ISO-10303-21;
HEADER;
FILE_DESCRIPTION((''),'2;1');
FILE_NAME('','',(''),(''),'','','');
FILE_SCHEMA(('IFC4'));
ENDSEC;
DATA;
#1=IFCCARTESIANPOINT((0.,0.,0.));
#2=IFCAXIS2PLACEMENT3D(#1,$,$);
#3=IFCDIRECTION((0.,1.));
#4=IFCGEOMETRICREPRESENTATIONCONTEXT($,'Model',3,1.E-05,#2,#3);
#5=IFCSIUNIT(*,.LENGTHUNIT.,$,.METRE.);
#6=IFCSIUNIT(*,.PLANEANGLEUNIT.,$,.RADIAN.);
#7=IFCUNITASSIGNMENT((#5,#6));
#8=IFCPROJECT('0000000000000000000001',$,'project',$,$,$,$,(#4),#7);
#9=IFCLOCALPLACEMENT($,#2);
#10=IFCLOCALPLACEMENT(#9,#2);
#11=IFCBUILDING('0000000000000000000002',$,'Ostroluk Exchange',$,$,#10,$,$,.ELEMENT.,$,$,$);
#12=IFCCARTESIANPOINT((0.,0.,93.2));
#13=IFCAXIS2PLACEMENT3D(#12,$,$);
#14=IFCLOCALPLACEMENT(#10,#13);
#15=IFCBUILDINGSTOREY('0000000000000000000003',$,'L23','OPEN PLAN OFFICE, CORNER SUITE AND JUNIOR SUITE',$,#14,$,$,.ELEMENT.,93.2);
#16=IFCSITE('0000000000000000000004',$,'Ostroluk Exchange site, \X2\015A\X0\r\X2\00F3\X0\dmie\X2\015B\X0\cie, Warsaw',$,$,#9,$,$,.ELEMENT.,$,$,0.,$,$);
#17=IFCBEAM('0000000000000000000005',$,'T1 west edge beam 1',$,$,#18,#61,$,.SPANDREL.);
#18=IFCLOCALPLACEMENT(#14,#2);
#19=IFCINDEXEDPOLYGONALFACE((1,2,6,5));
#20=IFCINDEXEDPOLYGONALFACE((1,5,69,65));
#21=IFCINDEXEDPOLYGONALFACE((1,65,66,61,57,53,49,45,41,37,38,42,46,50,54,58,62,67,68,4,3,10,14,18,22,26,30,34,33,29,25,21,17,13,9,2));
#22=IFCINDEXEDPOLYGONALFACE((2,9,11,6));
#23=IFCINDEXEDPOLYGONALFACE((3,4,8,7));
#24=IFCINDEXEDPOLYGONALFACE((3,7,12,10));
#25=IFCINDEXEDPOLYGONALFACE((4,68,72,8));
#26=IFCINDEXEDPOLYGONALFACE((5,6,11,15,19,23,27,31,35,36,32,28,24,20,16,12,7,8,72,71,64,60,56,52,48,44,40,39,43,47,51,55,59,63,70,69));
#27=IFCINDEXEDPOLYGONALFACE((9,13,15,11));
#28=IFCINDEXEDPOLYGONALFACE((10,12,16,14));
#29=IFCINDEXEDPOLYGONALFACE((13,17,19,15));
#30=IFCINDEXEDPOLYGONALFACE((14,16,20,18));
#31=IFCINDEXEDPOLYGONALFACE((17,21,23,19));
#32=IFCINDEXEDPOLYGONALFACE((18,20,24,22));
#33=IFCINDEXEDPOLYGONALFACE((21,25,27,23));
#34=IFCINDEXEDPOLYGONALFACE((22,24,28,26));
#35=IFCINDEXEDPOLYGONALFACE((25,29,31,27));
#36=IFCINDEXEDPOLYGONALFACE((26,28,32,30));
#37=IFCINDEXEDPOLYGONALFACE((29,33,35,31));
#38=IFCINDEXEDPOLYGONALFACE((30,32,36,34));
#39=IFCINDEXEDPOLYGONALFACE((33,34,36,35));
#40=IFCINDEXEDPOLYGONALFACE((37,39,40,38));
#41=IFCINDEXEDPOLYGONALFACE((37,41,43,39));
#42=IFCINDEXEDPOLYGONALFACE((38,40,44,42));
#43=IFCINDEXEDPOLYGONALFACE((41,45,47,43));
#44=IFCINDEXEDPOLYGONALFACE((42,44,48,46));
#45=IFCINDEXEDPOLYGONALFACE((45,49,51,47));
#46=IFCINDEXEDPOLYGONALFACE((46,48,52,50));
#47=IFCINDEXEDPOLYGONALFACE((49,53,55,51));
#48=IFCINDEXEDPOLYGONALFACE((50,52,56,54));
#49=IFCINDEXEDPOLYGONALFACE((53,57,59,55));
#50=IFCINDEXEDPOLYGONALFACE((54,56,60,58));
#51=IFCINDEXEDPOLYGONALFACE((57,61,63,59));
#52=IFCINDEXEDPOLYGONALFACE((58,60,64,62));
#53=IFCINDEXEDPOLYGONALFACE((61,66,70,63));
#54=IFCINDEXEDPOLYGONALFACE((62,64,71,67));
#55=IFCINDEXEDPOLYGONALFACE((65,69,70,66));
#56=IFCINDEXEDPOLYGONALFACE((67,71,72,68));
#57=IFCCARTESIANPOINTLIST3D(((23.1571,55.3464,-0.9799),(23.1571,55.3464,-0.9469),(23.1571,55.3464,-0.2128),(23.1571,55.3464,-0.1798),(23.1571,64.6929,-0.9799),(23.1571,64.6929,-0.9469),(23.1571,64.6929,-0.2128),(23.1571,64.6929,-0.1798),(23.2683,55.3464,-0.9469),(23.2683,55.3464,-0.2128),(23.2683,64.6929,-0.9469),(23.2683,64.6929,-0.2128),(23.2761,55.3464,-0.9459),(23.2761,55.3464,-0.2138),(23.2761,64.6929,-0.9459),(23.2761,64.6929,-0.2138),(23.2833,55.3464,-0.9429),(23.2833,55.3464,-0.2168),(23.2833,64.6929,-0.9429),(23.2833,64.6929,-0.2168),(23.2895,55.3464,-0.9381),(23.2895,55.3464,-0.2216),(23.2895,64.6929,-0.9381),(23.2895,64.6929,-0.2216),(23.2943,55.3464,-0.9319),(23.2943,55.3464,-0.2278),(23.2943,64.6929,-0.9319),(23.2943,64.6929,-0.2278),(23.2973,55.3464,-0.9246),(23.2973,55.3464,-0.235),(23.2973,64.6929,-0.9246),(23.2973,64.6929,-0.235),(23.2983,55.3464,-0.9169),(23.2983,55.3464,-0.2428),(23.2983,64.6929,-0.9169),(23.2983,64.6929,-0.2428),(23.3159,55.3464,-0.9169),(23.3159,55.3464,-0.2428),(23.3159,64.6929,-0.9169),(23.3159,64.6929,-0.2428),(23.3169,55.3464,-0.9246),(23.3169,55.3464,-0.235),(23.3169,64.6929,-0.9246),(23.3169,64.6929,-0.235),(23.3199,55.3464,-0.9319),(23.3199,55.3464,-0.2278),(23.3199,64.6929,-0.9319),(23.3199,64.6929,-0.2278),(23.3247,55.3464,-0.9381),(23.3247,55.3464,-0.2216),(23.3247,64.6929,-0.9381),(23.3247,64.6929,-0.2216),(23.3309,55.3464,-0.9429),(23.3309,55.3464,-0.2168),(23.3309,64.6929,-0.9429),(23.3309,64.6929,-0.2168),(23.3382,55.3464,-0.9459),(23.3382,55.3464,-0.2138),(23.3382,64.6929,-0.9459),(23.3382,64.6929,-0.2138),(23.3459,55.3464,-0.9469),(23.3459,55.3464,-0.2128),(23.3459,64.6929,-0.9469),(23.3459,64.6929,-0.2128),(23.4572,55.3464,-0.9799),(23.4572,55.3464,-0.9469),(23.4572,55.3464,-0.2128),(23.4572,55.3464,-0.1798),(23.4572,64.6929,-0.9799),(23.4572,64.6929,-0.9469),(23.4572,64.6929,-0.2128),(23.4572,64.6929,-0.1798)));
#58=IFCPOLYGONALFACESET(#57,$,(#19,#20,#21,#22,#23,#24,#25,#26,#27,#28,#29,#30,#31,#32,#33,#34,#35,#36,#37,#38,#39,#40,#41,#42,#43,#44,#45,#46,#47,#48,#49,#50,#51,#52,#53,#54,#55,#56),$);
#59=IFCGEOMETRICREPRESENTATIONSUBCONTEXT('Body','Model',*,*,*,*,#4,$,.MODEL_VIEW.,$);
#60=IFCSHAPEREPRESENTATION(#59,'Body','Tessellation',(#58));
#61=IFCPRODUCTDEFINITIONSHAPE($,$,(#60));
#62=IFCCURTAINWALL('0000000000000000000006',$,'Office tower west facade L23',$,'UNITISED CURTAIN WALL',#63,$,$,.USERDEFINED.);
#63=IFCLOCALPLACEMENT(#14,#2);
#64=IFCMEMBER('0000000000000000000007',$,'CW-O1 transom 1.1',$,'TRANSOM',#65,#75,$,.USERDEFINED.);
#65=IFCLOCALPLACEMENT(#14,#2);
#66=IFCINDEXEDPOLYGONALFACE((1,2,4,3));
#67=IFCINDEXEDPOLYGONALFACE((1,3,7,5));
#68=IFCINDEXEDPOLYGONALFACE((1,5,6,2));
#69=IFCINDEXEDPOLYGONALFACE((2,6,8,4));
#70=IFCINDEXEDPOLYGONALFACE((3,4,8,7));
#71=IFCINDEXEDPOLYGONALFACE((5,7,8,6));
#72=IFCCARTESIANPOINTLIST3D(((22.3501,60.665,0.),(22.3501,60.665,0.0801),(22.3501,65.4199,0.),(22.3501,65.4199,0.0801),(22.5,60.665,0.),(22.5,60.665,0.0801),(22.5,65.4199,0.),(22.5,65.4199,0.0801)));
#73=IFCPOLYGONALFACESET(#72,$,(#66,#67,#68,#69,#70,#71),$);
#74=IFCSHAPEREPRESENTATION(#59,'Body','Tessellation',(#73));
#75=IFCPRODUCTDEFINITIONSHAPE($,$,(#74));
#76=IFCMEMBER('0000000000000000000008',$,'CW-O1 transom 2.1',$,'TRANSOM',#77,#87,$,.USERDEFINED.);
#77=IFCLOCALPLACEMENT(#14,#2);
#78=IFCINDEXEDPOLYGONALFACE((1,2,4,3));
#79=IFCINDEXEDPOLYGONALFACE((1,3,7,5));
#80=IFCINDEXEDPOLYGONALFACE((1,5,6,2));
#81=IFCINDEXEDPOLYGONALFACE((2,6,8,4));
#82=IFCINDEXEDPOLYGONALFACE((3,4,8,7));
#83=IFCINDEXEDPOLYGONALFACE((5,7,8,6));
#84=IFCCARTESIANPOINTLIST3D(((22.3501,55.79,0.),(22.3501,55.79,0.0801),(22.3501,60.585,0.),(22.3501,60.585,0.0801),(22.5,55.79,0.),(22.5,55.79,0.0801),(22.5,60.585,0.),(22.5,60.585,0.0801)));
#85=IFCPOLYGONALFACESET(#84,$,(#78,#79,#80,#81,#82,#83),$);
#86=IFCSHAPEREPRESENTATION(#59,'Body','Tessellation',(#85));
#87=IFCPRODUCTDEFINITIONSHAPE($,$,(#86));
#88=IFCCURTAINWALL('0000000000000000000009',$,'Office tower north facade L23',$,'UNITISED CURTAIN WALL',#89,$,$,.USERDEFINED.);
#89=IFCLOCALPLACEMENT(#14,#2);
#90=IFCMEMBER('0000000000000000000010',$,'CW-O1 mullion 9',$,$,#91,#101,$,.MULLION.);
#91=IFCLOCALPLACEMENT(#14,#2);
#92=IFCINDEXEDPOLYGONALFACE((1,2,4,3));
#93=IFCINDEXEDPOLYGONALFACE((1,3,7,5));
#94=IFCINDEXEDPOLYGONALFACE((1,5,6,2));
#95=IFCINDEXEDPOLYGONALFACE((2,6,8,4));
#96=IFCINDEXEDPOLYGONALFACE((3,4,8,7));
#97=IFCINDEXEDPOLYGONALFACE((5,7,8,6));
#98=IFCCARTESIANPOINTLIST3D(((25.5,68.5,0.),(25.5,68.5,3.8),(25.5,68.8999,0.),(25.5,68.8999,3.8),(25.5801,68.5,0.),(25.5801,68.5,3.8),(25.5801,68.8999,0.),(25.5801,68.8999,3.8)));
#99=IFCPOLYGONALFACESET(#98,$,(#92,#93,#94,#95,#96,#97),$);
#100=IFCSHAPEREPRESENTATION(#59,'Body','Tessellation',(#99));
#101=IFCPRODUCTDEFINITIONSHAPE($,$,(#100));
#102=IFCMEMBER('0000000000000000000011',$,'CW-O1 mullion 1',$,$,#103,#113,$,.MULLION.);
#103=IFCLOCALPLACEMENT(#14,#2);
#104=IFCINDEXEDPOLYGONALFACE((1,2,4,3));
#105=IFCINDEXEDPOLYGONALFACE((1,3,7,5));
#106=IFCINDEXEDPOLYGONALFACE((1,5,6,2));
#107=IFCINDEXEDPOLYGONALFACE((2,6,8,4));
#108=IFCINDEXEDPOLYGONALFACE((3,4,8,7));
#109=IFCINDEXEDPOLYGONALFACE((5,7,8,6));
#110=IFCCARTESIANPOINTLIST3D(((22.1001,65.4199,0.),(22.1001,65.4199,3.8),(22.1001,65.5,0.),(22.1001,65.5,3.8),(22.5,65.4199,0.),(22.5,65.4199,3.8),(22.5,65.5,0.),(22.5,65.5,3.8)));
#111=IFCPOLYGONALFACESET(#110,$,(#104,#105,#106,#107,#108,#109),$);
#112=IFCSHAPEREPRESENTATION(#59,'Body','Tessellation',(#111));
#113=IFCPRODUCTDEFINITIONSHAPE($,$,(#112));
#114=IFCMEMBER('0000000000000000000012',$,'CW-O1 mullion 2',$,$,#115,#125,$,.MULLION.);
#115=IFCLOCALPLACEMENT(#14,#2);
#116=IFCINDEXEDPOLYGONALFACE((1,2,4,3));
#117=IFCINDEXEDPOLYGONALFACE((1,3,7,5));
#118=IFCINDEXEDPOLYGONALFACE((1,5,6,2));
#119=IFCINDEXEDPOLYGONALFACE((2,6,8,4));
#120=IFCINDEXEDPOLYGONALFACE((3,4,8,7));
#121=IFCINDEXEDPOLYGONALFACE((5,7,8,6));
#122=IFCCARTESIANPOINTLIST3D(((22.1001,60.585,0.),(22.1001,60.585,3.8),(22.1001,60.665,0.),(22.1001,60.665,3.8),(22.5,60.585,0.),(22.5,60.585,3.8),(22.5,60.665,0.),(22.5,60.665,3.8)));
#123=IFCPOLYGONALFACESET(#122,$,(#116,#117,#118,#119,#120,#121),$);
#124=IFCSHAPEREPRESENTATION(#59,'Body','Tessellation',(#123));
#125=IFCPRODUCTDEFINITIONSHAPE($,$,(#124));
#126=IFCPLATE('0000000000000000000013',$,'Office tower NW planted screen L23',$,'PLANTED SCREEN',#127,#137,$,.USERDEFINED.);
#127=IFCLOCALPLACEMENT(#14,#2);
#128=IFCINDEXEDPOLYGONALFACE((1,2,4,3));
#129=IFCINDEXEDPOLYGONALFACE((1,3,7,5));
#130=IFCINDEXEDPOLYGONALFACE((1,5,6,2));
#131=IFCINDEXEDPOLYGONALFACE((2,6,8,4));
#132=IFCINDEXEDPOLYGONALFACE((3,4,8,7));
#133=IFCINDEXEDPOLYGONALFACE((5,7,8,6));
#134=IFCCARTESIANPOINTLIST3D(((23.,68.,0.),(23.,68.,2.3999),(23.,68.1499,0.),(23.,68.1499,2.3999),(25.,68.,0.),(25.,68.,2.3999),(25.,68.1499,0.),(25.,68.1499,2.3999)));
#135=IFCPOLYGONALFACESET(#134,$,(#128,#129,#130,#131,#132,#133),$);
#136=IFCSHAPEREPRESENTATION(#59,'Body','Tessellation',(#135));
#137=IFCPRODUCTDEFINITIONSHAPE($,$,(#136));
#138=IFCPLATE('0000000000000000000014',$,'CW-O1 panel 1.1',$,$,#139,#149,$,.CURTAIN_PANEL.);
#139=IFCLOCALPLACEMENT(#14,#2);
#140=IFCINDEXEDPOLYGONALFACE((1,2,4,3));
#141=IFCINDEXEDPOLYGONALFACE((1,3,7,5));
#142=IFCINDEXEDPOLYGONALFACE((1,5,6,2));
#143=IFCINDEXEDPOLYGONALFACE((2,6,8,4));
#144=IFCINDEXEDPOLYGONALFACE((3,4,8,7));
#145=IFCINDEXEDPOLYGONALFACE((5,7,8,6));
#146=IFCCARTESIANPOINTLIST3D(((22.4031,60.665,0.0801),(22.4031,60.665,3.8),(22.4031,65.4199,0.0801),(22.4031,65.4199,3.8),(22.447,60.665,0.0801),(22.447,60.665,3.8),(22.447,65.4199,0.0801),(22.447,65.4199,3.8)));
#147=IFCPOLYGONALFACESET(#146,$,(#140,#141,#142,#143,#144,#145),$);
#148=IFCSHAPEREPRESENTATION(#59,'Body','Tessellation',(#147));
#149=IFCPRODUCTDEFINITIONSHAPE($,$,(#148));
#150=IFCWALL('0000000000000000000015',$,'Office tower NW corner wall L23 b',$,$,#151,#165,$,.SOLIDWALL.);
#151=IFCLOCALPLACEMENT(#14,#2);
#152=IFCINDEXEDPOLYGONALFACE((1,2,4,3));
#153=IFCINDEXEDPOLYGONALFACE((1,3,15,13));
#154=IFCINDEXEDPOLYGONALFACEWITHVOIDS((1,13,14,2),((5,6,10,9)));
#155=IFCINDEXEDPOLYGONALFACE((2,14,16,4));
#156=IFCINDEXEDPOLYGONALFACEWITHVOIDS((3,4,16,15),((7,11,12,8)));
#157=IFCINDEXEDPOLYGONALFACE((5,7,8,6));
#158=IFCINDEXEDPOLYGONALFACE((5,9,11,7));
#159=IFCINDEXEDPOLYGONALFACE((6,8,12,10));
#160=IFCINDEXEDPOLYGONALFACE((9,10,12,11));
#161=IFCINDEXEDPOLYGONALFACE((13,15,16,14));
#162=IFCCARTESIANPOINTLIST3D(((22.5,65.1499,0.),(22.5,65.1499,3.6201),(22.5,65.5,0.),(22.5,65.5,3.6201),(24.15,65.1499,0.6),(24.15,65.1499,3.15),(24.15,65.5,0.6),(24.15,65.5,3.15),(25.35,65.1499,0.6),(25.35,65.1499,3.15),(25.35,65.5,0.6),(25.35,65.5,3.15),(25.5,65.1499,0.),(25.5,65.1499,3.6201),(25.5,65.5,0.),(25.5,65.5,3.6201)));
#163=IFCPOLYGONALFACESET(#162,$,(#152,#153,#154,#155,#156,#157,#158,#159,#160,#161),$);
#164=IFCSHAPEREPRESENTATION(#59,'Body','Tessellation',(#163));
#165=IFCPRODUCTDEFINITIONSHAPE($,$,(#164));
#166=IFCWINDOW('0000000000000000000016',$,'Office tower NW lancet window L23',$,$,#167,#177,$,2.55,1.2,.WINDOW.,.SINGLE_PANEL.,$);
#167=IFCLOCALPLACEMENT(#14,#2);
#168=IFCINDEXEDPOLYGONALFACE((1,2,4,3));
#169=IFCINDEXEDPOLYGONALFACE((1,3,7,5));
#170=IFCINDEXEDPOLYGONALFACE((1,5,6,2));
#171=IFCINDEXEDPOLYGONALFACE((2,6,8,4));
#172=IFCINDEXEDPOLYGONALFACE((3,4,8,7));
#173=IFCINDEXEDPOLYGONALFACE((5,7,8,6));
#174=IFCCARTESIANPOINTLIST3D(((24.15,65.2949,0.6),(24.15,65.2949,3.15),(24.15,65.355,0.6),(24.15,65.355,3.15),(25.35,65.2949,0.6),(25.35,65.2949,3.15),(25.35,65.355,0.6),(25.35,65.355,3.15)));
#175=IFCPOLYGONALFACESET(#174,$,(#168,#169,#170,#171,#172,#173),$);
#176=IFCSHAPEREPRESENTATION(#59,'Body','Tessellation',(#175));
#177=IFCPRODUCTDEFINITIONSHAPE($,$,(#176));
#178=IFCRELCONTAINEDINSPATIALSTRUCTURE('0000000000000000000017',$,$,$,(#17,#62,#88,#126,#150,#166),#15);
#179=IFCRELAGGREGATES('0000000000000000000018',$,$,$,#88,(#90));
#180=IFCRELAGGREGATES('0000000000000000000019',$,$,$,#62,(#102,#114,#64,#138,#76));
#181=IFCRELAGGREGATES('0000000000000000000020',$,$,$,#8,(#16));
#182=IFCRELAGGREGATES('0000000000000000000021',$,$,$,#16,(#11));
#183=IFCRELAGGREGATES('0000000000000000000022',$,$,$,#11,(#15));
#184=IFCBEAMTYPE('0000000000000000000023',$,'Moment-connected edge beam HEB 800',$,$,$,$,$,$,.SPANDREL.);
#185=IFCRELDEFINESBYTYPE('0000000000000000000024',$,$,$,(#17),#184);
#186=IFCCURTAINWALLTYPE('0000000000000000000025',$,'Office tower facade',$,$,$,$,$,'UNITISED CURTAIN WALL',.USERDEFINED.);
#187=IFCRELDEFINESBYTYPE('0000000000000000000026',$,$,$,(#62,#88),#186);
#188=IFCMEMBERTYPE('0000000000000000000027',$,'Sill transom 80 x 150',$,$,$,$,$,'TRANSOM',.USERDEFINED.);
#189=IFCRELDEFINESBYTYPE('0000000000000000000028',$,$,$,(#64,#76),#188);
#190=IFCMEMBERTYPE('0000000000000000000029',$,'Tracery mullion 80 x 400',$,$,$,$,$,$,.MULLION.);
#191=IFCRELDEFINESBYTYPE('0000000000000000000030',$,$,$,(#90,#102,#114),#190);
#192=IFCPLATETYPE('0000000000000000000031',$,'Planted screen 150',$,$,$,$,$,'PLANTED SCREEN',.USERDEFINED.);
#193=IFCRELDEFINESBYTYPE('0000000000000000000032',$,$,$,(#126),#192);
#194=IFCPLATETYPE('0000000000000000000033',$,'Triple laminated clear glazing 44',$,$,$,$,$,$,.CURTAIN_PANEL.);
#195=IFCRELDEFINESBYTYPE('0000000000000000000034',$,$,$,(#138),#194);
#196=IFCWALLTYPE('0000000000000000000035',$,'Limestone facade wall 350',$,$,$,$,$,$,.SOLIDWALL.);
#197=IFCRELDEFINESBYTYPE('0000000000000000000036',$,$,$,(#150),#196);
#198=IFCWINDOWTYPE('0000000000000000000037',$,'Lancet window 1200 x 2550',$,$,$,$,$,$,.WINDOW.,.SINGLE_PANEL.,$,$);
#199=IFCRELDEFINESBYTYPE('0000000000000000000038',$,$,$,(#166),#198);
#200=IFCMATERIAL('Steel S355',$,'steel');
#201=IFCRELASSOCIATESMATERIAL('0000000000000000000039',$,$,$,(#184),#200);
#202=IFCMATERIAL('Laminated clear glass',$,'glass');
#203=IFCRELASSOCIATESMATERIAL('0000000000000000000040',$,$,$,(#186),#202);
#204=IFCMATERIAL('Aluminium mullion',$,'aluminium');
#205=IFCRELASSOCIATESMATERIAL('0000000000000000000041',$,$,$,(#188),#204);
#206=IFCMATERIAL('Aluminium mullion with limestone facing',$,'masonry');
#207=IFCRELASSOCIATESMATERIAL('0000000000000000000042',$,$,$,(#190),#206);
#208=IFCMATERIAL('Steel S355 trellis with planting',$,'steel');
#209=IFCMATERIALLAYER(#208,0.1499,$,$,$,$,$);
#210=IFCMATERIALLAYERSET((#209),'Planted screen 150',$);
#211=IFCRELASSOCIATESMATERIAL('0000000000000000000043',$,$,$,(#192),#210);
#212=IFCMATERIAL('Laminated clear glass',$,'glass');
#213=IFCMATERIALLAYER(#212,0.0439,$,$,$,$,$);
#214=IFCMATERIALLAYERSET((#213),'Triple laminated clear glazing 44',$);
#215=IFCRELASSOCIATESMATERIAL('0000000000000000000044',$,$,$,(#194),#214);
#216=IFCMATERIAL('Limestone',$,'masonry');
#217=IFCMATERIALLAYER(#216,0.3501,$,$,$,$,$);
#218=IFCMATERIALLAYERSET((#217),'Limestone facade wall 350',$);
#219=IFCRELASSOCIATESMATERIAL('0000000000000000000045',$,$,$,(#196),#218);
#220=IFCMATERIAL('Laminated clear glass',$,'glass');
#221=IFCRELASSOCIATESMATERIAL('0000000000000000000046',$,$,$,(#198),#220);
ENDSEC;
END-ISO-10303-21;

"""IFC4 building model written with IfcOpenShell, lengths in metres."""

from ifc_helpers import new_model, si_unit, direction, frame, frame_2d, origin, origin_2d, place, context, subcontext, project, spatial, rectangle, i_section, extrude, material, layer, layer_set, material_profile, profile_set, type_object, element, fill, aggregate, save


model = new_model("IFC4")

# Units and contexts
model_context = context("Model", 3, precision=1e-05, world=origin(), true_north=direction((0.0, 1.0)))
body_context = subcontext(model_context, "Body", "Model", "MODEL_VIEW")
ifc_project = project(units=[si_unit("LENGTHUNIT", "METRE"), si_unit("PLANEANGLEUNIT", "RADIAN")], contexts=[model_context])

# Site, building, storey
site_placement = place(None, origin())
site = spatial("IfcSite", under=ifc_project, at=site_placement, Name="Ostroluk Exchange site, Śródmieście, Warsaw", CompositionType="ELEMENT", RefElevation=0.0)
building_placement = place(site_placement, origin())
building = spatial("IfcBuilding", under=site, at=building_placement, Name="Ostroluk Exchange", CompositionType="ELEMENT")
storey_placement = place(building_placement, frame((0.0, 0.0, 93.2)))
storey = spatial("IfcBuildingStorey", under=building, at=storey_placement, Name="L23", Description="OPEN PLAN OFFICE, CORNER SUITE AND JUNIOR SUITE", CompositionType="ELEMENT", Elevation=93.2)

# Beam
ifc_material_1 = material(Name="Steel S355", Category="steel")
ifc_material_profile_1 = material_profile(ifc_material_1, i_section(OverallWidth=0.3, OverallDepth=0.8, WebThickness=0.0176, FlangeThickness=0.033, FilletRadius=0.03, at=origin_2d()), Name="HEB 800")
ifc_profile_set_1 = profile_set([ifc_material_profile_1], Name="Steel S355")
beam_type_1 = type_object("IfcBeamType", Name="Moment-connected edge beam HEB 800", PredefinedType="SPANDREL", material=ifc_profile_set_1)
beam_placement = place(storey_placement, frame((23.3071, 64.6929, -0.5798), z_axis=(0.0, -1.0, 0.0), x_axis=(1.0, 0.0, 0.0)))
element("IfcBeam", 1, at=beam_placement, inside=storey, type_object=beam_type_1, Name="T1 west edge beam 1", PredefinedType="SPANDREL", context=body_context, shape_type="SweptSolid", body=[
    extrude(i_section(OverallWidth=0.3, OverallDepth=0.8, WebThickness=0.0176, FlangeThickness=0.033, FilletRadius=0.03, at=origin_2d()), origin(), (0.0, 0.0, 1.0), 9.3464),
])

# Curtain wall, members
ifc_material_2 = material(Name="Laminated clear glass", Category="glass")
curtain_wall_type = type_object("IfcCurtainWallType", Name="Office tower facade", ElementType="UNITISED CURTAIN WALL", PredefinedType="USERDEFINED", material=ifc_material_2)
curtain_wall_1_placement = place(storey_placement, origin())
curtain_wall_1 = element("IfcCurtainWall", 2, at=curtain_wall_1_placement, inside=storey, type_object=curtain_wall_type, Name="Office tower west facade L23", ObjectType="UNITISED CURTAIN WALL", PredefinedType="USERDEFINED")
ifc_material_3 = material(Name="Aluminium mullion", Category="aluminium")
ifc_material_profile_2 = material_profile(ifc_material_3, rectangle(XDim=0.1499, YDim=0.0801, at=origin_2d()), Name="Sill transom 80 x 150")
ifc_profile_set_2 = profile_set([ifc_material_profile_2], Name="Aluminium mullion")
member_type_1 = type_object("IfcMemberType", Name="Sill transom 80 x 150", ElementType="TRANSOM", PredefinedType="USERDEFINED", material=ifc_profile_set_2)
member_1_placement = place(storey_placement, frame((22.425, 65.4199, 0.04), z_axis=(0.0, -1.0, 0.0), x_axis=(1.0, 0.0, 0.0)))
member_1 = element("IfcMember", 3, at=member_1_placement, type_object=member_type_1, Name="CW-O1 transom 1.1", ObjectType="TRANSOM", PredefinedType="USERDEFINED", context=body_context, shape_type="SweptSolid", body=[
    extrude(rectangle(XDim=0.1499, YDim=0.0801, at=origin_2d()), origin(), (0.0, 0.0, 1.0), 4.7549),
])
member_2_placement = place(storey_placement, frame((22.425, 60.585, 0.04), z_axis=(0.0, -1.0, 0.0), x_axis=(1.0, 0.0, 0.0)))
member_2 = element("IfcMember", 4, at=member_2_placement, type_object=member_type_1, Name="CW-O1 transom 2.1", ObjectType="TRANSOM", PredefinedType="USERDEFINED", context=body_context, shape_type="SweptSolid", body=[
    extrude(rectangle(XDim=0.1499, YDim=0.0801, at=origin_2d()), origin(), (0.0, 0.0, 1.0), 4.7949),
])

# Curtain wall, member
curtain_wall_2_placement = place(storey_placement, origin())
curtain_wall_2 = element("IfcCurtainWall", 5, at=curtain_wall_2_placement, inside=storey, type_object=curtain_wall_type, Name="Office tower north facade L23", ObjectType="UNITISED CURTAIN WALL", PredefinedType="USERDEFINED")
ifc_material_4 = material(Name="Aluminium mullion with limestone facing", Category="masonry")
ifc_material_profile_3 = material_profile(ifc_material_4, rectangle(XDim=0.3999, YDim=0.0801, at=origin_2d()), Name="Tracery mullion 80 x 400")
ifc_profile_set_3 = profile_set([ifc_material_profile_3], Name="Aluminium mullion with limestone facing")
member_type_2 = type_object("IfcMemberType", Name="Tracery mullion 80 x 400", PredefinedType="MULLION", material=ifc_profile_set_3)
member_3_placement = place(storey_placement, frame((25.54, 68.7, 0.0), z_axis=(0.0, 0.0, 1.0), x_axis=(0.0, -1.0, 0.0)))
member_3 = element("IfcMember", 6, at=member_3_placement, type_object=member_type_2, Name="CW-O1 mullion 9", PredefinedType="MULLION", context=body_context, shape_type="SweptSolid", body=[
    extrude(rectangle(XDim=0.3999, YDim=0.0801, at=origin_2d()), origin(), (0.0, 0.0, 1.0), 3.8),
])
aggregate(curtain_wall_2, [member_3])

# Members
member_4_placement = place(storey_placement, frame((22.3, 65.46, 0.0), z_axis=(0.0, 0.0, 1.0), x_axis=(1.0, 0.0, 0.0)))
member_4 = element("IfcMember", 7, at=member_4_placement, type_object=member_type_2, Name="CW-O1 mullion 1", PredefinedType="MULLION", context=body_context, shape_type="SweptSolid", body=[
    extrude(rectangle(XDim=0.3999, YDim=0.0801, at=origin_2d()), origin(), (0.0, 0.0, 1.0), 3.8),
])
member_5_placement = place(storey_placement, frame((22.3, 60.625, 0.0), z_axis=(0.0, 0.0, 1.0), x_axis=(1.0, 0.0, 0.0)))
member_5 = element("IfcMember", 8, at=member_5_placement, type_object=member_type_2, Name="CW-O1 mullion 2", PredefinedType="MULLION", context=body_context, shape_type="SweptSolid", body=[
    extrude(rectangle(XDim=0.3999, YDim=0.0801, at=origin_2d()), origin(), (0.0, 0.0, 1.0), 3.8),
])

# Plates
ifc_material_5 = material(Name="Steel S355 trellis with planting", Category="steel")
ifc_layer_1 = layer(ifc_material_5, 0.1499)
ifc_layer_set_1 = layer_set([ifc_layer_1], Name="Planted screen 150")
plate_type_1 = type_object("IfcPlateType", Name="Planted screen 150", ElementType="PLANTED SCREEN", PredefinedType="USERDEFINED", material=ifc_layer_set_1)
plate_1_placement = place(storey_placement, frame((24.0, 68.075, 0.0), z_axis=(0.0, 0.0, 1.0), x_axis=(1.0, 0.0, 0.0)))
element("IfcPlate", 9, at=plate_1_placement, inside=storey, type_object=plate_type_1, Name="Office tower NW planted screen L23", ObjectType="PLANTED SCREEN", PredefinedType="USERDEFINED", context=body_context, shape_type="SweptSolid", body=[
    extrude(rectangle(XDim=2.0, YDim=0.1499, at=origin_2d()), origin(), (0.0, 0.0, 1.0), 2.3999),
])
ifc_material_6 = material(Name="Laminated clear glass", Category="glass")
ifc_layer_2 = layer(ifc_material_6, 0.0439)
ifc_layer_set_2 = layer_set([ifc_layer_2], Name="Triple laminated clear glazing 44")
plate_type_2 = type_object("IfcPlateType", Name="Triple laminated clear glazing 44", PredefinedType="CURTAIN_PANEL", material=ifc_layer_set_2)
plate_2_placement = place(storey_placement, frame((22.425, 63.0425, 0.0801), z_axis=(0.0, 0.0, 1.0), x_axis=(0.0, -1.0, 0.0)))
plate_2 = element("IfcPlate", 10, at=plate_2_placement, type_object=plate_type_2, Name="CW-O1 panel 1.1", PredefinedType="CURTAIN_PANEL", context=body_context, shape_type="SweptSolid", body=[
    extrude(rectangle(XDim=4.7549, YDim=0.0439, at=origin_2d()), origin(), (0.0, 0.0, 1.0), 3.72),
])
aggregate(curtain_wall_1, [member_4, member_5, member_1, plate_2, member_2])

# Shared definitions
ifc_material_7 = material(Name="Limestone", Category="masonry")
ifc_layer_3 = layer(ifc_material_7, 0.3501)
ifc_layer_set_3 = layer_set([ifc_layer_3], Name="Limestone facade wall 350")
wall_type = type_object("IfcWallType", Name="Limestone facade wall 350", PredefinedType="SOLIDWALL", material=ifc_layer_set_3)

# Wall, opening, window
wall_1_placement = place(storey_placement, frame((25.5, 65.325, 0.0), z_axis=(0.0, 0.0, 1.0), x_axis=(-1.0, 0.0, 0.0)))
wall_1 = element("IfcWall", 11, at=wall_1_placement, inside=storey, type_object=wall_type, Name="Office tower NW corner wall L23 b", PredefinedType="SOLIDWALL", context=body_context, shape_type="SweptSolid", body=[
    extrude(rectangle(XDim=3.0, YDim=0.3501, at=frame_2d((1.5, 0.0))), origin(), (0.0, 0.0, 1.0), 3.6201),
])
opening_1_placement = place(wall_1_placement, frame((0.1499, 0.0, 0.6001)))
opening_1 = element("IfcOpeningElement", 12, at=opening_1_placement, cuts=wall_1, PredefinedType="OPENING", context=body_context, shape_type="SweptSolid", body=[
    extrude(rectangle(XDim=1.2, YDim=2.55, at=frame_2d((0.6001, 1.2749))), frame((0.0, 0.1851, 0.0), z_axis=(0.0, -1.0, 0.0), x_axis=(1.0, 0.0, 0.0)), (0.0, 0.0, 1.0), 0.3701),
])
ifc_material_8 = material(Name="Laminated clear glass", Category="glass")
window_type = type_object("IfcWindowType", Name="Lancet window 1200 x 2550", PartitioningType="SINGLE_PANEL", PredefinedType="WINDOW", material=ifc_material_8)
window_placement = place(opening_1_placement, origin())
window = element("IfcWindow", 13, at=window_placement, inside=storey, type_object=window_type, Name="Office tower NW lancet window L23", OverallHeight=2.55, OverallWidth=1.2, PartitioningType="SINGLE_PANEL", PredefinedType="WINDOW", context=body_context, shape_type="SweptSolid", body=[
    extrude(rectangle(XDim=1.2, YDim=2.55, at=frame_2d((0.6001, 1.2749))), frame((0.0, 0.03, 0.0), z_axis=(0.0, -1.0, 0.0), x_axis=(1.0, 0.0, 0.0)), (0.0, 0.0, 1.0), 0.0601),
])
fill(opening_1, window)

save(model, "model.ifc")
